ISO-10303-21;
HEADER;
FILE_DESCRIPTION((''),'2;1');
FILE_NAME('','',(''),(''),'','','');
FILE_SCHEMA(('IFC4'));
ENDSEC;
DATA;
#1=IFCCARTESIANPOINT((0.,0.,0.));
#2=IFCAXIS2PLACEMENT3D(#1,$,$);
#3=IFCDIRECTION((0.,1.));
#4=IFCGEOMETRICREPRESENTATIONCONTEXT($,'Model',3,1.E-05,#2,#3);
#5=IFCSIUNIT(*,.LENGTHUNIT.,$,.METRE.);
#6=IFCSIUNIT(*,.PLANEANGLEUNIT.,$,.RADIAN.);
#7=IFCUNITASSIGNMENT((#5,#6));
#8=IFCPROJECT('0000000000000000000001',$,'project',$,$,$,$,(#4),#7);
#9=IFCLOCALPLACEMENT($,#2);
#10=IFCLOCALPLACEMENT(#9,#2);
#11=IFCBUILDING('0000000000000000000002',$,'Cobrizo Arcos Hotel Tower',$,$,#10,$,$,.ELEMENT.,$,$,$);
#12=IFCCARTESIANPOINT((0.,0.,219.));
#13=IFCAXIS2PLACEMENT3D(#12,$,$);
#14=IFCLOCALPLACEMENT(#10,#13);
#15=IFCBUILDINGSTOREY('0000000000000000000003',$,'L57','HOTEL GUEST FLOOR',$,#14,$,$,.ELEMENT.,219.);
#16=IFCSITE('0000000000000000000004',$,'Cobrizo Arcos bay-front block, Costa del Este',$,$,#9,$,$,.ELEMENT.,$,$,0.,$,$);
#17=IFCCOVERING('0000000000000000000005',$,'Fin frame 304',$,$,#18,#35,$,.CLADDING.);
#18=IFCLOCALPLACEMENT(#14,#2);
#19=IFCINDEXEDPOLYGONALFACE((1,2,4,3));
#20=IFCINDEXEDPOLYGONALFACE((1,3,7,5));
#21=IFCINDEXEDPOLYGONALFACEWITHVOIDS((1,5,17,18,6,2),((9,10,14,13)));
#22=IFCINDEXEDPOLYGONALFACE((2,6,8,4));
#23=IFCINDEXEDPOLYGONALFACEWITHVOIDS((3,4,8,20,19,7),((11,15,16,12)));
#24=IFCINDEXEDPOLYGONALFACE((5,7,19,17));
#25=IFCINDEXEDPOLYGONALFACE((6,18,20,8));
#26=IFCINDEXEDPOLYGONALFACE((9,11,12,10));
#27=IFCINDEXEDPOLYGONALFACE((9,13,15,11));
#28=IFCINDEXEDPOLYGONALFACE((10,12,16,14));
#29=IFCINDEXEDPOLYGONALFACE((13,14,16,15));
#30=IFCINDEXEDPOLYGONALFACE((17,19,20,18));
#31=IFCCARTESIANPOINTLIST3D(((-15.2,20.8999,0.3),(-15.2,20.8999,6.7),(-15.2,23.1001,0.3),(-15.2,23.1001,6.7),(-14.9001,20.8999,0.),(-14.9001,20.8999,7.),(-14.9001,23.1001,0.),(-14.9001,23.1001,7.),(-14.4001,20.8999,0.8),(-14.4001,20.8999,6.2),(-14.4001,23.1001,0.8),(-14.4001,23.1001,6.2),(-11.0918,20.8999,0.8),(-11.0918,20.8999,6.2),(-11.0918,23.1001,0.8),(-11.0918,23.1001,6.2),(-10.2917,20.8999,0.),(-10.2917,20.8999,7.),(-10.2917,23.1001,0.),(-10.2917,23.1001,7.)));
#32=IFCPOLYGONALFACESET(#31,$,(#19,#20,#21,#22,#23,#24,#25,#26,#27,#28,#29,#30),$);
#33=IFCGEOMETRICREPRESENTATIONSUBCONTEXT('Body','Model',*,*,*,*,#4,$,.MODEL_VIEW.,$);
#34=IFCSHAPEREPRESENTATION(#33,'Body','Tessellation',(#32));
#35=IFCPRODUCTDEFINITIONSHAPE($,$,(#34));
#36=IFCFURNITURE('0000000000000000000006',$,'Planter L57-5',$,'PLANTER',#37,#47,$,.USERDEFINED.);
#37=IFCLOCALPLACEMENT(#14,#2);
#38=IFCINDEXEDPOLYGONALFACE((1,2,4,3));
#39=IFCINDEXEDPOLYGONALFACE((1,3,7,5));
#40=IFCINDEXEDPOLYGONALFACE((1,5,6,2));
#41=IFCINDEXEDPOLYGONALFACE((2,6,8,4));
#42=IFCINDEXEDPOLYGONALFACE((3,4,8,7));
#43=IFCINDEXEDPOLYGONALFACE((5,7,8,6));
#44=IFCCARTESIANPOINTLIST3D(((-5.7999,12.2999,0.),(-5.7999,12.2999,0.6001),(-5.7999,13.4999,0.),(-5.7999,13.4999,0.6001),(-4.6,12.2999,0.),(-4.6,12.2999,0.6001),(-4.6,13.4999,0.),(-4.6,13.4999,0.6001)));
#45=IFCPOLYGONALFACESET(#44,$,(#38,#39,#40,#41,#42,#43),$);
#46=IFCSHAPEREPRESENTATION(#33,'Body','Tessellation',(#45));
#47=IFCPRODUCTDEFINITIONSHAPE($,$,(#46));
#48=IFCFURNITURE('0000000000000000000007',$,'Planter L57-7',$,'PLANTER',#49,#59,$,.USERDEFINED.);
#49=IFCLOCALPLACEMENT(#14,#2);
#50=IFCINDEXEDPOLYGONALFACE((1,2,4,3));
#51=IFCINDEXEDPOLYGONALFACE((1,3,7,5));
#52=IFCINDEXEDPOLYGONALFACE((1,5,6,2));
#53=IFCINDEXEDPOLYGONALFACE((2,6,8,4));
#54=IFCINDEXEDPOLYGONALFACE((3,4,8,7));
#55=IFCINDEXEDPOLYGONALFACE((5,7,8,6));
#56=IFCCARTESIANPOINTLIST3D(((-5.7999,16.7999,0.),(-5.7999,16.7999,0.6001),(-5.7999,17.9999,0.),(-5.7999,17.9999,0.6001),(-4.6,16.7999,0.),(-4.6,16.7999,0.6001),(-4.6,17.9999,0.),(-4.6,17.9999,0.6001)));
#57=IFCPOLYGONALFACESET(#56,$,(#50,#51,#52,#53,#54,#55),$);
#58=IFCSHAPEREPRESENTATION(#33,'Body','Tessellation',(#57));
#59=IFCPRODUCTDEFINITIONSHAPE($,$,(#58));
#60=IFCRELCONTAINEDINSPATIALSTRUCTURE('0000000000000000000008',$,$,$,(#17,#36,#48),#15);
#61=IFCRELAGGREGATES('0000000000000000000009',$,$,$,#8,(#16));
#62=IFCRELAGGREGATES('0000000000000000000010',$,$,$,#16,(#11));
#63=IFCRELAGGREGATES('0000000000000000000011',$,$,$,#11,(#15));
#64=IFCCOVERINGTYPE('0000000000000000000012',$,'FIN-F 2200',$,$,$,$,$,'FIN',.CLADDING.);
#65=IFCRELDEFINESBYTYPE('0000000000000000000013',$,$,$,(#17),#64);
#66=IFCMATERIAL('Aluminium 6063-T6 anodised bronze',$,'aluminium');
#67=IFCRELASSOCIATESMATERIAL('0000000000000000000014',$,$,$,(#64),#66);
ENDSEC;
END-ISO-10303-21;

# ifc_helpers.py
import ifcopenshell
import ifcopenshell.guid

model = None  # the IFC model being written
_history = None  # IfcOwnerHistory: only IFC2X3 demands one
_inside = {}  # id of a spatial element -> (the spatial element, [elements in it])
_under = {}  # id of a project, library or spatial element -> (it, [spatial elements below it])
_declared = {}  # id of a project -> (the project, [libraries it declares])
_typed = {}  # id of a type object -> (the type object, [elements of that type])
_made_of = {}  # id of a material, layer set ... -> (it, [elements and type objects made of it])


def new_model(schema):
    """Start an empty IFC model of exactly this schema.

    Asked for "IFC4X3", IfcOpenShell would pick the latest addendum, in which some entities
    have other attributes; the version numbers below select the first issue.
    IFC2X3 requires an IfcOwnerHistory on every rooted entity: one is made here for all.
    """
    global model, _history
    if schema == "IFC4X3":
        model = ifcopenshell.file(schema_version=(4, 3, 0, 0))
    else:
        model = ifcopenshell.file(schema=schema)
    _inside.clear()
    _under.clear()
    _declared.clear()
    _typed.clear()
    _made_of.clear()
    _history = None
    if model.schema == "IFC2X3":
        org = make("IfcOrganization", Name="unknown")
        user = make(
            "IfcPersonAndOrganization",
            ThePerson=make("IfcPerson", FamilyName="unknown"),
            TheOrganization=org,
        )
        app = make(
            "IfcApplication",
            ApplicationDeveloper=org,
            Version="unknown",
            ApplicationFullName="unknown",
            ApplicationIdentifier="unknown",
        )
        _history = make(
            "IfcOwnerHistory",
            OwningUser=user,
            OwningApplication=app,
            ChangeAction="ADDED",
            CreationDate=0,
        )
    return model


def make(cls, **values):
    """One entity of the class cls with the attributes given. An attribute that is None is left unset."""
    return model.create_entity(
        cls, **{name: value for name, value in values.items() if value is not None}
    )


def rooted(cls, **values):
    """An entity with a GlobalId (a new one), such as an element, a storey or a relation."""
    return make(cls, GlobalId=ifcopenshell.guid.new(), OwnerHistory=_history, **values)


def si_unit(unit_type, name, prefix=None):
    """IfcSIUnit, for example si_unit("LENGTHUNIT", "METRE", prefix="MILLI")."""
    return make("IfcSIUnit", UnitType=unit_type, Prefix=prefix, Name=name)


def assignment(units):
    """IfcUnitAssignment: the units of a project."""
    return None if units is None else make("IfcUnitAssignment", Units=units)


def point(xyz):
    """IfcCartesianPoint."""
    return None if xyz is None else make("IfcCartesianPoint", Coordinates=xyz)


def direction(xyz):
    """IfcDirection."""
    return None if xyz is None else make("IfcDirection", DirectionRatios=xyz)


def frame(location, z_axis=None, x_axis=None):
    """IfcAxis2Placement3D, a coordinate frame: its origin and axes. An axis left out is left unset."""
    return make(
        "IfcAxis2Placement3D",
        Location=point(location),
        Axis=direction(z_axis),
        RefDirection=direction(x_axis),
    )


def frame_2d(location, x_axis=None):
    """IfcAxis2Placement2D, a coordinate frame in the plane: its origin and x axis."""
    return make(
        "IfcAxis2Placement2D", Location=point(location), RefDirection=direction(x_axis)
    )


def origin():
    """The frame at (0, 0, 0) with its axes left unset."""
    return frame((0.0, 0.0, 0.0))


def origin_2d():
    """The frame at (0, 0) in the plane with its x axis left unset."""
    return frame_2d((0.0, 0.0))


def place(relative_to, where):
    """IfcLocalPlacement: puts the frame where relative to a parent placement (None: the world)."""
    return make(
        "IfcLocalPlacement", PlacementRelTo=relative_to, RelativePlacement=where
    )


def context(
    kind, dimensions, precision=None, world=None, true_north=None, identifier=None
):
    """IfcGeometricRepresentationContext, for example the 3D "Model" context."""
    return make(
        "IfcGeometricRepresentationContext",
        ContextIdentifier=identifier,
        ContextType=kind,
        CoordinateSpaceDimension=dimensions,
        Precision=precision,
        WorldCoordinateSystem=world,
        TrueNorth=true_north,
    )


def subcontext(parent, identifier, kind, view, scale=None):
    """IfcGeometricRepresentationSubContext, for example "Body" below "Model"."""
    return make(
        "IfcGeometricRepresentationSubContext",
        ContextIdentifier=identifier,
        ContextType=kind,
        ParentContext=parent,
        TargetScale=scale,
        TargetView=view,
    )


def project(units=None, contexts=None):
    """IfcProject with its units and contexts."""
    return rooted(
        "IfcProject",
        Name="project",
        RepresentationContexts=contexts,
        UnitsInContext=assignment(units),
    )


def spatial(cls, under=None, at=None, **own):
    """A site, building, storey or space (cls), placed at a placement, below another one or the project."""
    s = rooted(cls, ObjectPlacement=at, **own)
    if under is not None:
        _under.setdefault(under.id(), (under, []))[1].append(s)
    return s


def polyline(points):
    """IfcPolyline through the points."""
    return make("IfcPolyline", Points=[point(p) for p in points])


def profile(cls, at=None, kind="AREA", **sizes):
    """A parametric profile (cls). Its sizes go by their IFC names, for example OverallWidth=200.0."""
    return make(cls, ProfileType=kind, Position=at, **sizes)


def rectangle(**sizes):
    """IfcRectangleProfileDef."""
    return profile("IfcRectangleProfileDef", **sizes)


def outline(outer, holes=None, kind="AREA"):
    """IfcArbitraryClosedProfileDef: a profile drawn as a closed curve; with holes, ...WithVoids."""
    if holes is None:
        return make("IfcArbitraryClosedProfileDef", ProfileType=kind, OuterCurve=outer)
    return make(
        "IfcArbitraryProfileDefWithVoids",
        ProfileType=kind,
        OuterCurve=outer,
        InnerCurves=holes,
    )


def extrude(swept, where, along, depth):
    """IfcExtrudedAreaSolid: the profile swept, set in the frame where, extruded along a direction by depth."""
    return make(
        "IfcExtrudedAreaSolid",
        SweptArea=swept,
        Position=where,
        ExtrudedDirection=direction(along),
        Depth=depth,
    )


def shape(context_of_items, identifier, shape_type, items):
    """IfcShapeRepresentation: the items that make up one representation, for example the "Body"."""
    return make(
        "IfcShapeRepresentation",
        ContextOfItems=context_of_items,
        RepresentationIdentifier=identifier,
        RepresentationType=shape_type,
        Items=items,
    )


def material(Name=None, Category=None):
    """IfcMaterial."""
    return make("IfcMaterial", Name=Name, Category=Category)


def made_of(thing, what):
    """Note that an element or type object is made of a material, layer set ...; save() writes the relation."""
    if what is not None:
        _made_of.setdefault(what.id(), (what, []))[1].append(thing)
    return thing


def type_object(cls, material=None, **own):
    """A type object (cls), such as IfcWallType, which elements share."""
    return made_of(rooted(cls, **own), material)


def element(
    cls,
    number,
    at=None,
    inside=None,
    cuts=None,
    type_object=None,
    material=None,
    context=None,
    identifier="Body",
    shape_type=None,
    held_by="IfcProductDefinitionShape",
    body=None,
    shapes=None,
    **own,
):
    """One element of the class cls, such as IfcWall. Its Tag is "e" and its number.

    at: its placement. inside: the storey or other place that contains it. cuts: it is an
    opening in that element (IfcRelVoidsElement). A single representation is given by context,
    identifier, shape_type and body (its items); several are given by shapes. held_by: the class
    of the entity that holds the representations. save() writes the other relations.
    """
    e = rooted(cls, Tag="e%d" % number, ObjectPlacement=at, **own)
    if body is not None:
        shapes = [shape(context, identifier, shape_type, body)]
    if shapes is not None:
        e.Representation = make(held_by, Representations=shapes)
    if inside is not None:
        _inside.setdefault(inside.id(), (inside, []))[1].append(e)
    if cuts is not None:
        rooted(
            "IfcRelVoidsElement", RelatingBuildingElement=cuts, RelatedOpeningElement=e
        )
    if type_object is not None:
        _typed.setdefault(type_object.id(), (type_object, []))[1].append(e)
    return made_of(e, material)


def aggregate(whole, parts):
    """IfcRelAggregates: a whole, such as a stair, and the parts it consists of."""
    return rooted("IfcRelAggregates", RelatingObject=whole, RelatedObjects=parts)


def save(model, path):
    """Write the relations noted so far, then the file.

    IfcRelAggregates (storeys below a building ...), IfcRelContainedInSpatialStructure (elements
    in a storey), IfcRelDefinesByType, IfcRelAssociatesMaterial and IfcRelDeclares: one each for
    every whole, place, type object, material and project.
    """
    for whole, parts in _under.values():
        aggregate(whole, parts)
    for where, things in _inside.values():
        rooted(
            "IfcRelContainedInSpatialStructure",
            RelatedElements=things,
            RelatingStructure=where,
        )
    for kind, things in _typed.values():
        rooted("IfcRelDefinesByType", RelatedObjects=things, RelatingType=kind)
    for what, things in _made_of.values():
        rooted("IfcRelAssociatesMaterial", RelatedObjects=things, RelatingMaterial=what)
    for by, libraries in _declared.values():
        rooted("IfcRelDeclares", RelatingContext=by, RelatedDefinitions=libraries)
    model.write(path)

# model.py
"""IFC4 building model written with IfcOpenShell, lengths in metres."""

from ifc_helpers import new_model, si_unit, direction, frame, origin, origin_2d, place, context, subcontext, project, spatial, polyline, rectangle, outline, extrude, material, type_object, element, save


model = new_model("IFC4")

# Units and contexts
model_context = context("Model", 3, precision=1e-05, world=origin(), true_north=direction((0.0, 1.0)))
body_context = subcontext(model_context, "Body", "Model", "MODEL_VIEW")
ifc_project = project(units=[si_unit("LENGTHUNIT", "METRE"), si_unit("PLANEANGLEUNIT", "RADIAN")], contexts=[model_context])

# Site, building, storey
site_placement = place(None, origin())
site = spatial("IfcSite", under=ifc_project, at=site_placement, Name="Cobrizo Arcos bay-front block, Costa del Este", CompositionType="ELEMENT", RefElevation=0.0)
building_placement = place(site_placement, origin())
building = spatial("IfcBuilding", under=site, at=building_placement, Name="Cobrizo Arcos Hotel Tower", CompositionType="ELEMENT")
storey_placement = place(building_placement, frame((0.0, 0.0, 219.0)))
storey = spatial("IfcBuildingStorey", under=building, at=storey_placement, Name="L57", Description="HOTEL GUEST FLOOR", CompositionType="ELEMENT", Elevation=219.0)

# Shared definitions
ifc_material_1 = material(Name="Aluminium 6063-T6 anodised bronze", Category="aluminium")

# Covering
covering_type = type_object("IfcCoveringType", Name="FIN-F 2200", ElementType="FIN", PredefinedType="CLADDING", material=ifc_material_1)
covering_placement = place(storey_placement, frame((-10.2917, 20.8999, 0.0), z_axis=(0.0, 1.0, 0.0), x_axis=(-1.0, 0.0, 0.0)))
element("IfcCovering", 1, at=covering_placement, inside=storey, type_object=covering_type, Name="Fin frame 304", PredefinedType="CLADDING", context=body_context, shape_type="SweptSolid", body=[
    extrude(outline(polyline([(0.0, 7.0), (0.0, 0.0), (4.6084, 0.0), (4.9082, 0.3), (4.9082, 6.7), (4.6084, 7.0), (0.0, 7.0)]), holes=[polyline([(4.1084, 0.8), (0.8, 0.8), (0.8, 6.2), (4.1084, 6.2), (4.1084, 0.8)])]), origin(), (0.0, 0.0, 1.0), 2.2002),
])

# Furniture
for number, where, z_axis, x_axis, name in (
    (2, (-5.2, 12.8999, 0.0), (0.0, 0.0, 1.0), (1.0, 0.0, 0.0), "Planter L57-5"),
    (3, (-5.2, 17.3999, 0.0), (0.0, 0.0, 1.0), (1.0, 0.0, 0.0), "Planter L57-7"),
):
    element("IfcFurniture", number, at=place(storey_placement, frame(where, z_axis=z_axis, x_axis=x_axis)), inside=storey, Name=name, ObjectType="PLANTER", PredefinedType="USERDEFINED", context=body_context, shape_type="SweptSolid", body=[
        extrude(rectangle(XDim=1.2, YDim=1.2, at=origin_2d()), origin(), (0.0, 0.0, 1.0), 0.6001),
    ])

save(model, "model.ifc")
